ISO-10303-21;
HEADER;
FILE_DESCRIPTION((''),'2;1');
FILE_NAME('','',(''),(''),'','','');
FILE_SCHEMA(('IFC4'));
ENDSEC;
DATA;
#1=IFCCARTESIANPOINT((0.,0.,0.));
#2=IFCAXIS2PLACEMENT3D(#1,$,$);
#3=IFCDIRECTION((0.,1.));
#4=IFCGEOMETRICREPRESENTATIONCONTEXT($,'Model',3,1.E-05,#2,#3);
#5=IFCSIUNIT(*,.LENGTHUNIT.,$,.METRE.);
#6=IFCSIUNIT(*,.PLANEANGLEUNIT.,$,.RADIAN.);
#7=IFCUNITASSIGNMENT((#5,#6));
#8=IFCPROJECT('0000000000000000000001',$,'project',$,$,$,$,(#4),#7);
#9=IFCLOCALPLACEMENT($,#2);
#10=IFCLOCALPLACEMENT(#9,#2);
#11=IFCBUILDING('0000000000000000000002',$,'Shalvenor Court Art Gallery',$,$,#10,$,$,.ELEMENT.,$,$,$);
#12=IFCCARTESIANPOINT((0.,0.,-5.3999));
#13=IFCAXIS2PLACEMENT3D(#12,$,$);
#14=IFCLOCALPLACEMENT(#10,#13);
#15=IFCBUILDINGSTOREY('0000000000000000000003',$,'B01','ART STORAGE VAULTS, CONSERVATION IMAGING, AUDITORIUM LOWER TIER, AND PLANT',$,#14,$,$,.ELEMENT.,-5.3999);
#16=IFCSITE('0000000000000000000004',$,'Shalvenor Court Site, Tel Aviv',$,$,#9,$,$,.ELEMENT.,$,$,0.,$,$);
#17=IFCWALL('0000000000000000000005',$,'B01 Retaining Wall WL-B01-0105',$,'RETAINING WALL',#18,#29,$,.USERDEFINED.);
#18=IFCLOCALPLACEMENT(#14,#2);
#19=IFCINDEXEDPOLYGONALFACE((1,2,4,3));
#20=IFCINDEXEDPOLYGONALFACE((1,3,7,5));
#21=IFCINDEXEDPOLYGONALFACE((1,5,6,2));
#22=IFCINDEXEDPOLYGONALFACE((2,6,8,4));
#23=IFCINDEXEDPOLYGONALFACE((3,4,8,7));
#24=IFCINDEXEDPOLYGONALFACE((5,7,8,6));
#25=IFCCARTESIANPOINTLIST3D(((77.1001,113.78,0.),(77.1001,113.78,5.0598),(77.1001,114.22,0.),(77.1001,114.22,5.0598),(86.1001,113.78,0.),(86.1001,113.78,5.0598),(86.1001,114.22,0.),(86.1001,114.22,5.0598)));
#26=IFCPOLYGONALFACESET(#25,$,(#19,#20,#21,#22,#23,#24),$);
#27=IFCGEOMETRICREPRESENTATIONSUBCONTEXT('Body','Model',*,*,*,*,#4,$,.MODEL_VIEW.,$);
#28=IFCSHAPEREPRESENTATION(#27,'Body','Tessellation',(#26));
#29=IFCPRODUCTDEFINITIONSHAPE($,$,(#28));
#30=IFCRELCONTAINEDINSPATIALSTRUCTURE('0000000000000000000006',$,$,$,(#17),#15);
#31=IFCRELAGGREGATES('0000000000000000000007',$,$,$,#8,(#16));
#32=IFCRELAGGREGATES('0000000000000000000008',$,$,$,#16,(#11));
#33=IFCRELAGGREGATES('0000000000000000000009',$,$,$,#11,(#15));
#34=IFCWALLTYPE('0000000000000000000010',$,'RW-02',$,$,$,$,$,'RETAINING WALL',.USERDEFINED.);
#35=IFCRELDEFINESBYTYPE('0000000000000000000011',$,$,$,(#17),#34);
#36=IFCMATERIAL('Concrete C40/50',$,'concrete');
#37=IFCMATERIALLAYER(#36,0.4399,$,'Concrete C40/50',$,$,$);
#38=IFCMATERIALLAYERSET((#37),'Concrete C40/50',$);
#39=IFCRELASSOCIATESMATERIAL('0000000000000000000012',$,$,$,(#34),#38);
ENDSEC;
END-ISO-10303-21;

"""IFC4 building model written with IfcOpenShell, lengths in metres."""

from ifc_helpers import new_model, si_unit, direction, frame, frame_2d, origin, place, context, subcontext, project, spatial, rectangle, extrude, material, layer, layer_set, type_object, element, save


model = new_model("IFC4")

# Units and contexts
model_context = context("Model", 3, precision=1e-05, world=origin(), true_north=direction((0.0, 1.0)))
body_context = subcontext(model_context, "Body", "Model", "MODEL_VIEW")
ifc_project = project(units=[si_unit("LENGTHUNIT", "METRE"), si_unit("PLANEANGLEUNIT", "RADIAN")], contexts=[model_context])

# Site, building, storey
site_placement = place(None, origin())
site = spatial("IfcSite", under=ifc_project, at=site_placement, Name="Shalvenor Court Site, Tel Aviv", CompositionType="ELEMENT", RefElevation=0.0)
building_placement = place(site_placement, origin())
building = spatial("IfcBuilding", under=site, at=building_placement, Name="Shalvenor Court Art Gallery", CompositionType="ELEMENT")
storey_placement = place(building_placement, frame((0.0, 0.0, -5.3999)))
storey = spatial("IfcBuildingStorey", under=building, at=storey_placement, Name="B01", Description="ART STORAGE VAULTS, CONSERVATION IMAGING, AUDITORIUM LOWER TIER, AND PLANT", CompositionType="ELEMENT", Elevation=-5.3999)

# Wall
ifc_material_1 = material(Name="Concrete C40/50", Category="concrete")
ifc_layer = layer(ifc_material_1, 0.4399, Name="Concrete C40/50")
ifc_layer_set = layer_set([ifc_layer], Name="Concrete C40/50")
wall_type = type_object("IfcWallType", Name="RW-02", ElementType="RETAINING WALL", PredefinedType="USERDEFINED", material=ifc_layer_set)
for number, where, z_axis, x_axis, name in (
    (1, (77.1001, 114.0, 0.0), (0.0, 0.0, 1.0), (1.0, 0.0, 0.0), "B01 Retaining Wall WL-B01-0105"),
):
    element("IfcWall", number, at=place(storey_placement, frame(where, z_axis=z_axis, x_axis=x_axis)), inside=storey, type_object=wall_type, Name=name, ObjectType="RETAINING WALL", PredefinedType="USERDEFINED", context=body_context, shape_type="SweptSolid", body=[
        extrude(rectangle(XDim=9.0, YDim=0.4399, at=frame_2d((4.5, 0.0))), origin(), (0.0, 0.0, 1.0), 5.0598),
    ])

save(model, "model.ifc")
